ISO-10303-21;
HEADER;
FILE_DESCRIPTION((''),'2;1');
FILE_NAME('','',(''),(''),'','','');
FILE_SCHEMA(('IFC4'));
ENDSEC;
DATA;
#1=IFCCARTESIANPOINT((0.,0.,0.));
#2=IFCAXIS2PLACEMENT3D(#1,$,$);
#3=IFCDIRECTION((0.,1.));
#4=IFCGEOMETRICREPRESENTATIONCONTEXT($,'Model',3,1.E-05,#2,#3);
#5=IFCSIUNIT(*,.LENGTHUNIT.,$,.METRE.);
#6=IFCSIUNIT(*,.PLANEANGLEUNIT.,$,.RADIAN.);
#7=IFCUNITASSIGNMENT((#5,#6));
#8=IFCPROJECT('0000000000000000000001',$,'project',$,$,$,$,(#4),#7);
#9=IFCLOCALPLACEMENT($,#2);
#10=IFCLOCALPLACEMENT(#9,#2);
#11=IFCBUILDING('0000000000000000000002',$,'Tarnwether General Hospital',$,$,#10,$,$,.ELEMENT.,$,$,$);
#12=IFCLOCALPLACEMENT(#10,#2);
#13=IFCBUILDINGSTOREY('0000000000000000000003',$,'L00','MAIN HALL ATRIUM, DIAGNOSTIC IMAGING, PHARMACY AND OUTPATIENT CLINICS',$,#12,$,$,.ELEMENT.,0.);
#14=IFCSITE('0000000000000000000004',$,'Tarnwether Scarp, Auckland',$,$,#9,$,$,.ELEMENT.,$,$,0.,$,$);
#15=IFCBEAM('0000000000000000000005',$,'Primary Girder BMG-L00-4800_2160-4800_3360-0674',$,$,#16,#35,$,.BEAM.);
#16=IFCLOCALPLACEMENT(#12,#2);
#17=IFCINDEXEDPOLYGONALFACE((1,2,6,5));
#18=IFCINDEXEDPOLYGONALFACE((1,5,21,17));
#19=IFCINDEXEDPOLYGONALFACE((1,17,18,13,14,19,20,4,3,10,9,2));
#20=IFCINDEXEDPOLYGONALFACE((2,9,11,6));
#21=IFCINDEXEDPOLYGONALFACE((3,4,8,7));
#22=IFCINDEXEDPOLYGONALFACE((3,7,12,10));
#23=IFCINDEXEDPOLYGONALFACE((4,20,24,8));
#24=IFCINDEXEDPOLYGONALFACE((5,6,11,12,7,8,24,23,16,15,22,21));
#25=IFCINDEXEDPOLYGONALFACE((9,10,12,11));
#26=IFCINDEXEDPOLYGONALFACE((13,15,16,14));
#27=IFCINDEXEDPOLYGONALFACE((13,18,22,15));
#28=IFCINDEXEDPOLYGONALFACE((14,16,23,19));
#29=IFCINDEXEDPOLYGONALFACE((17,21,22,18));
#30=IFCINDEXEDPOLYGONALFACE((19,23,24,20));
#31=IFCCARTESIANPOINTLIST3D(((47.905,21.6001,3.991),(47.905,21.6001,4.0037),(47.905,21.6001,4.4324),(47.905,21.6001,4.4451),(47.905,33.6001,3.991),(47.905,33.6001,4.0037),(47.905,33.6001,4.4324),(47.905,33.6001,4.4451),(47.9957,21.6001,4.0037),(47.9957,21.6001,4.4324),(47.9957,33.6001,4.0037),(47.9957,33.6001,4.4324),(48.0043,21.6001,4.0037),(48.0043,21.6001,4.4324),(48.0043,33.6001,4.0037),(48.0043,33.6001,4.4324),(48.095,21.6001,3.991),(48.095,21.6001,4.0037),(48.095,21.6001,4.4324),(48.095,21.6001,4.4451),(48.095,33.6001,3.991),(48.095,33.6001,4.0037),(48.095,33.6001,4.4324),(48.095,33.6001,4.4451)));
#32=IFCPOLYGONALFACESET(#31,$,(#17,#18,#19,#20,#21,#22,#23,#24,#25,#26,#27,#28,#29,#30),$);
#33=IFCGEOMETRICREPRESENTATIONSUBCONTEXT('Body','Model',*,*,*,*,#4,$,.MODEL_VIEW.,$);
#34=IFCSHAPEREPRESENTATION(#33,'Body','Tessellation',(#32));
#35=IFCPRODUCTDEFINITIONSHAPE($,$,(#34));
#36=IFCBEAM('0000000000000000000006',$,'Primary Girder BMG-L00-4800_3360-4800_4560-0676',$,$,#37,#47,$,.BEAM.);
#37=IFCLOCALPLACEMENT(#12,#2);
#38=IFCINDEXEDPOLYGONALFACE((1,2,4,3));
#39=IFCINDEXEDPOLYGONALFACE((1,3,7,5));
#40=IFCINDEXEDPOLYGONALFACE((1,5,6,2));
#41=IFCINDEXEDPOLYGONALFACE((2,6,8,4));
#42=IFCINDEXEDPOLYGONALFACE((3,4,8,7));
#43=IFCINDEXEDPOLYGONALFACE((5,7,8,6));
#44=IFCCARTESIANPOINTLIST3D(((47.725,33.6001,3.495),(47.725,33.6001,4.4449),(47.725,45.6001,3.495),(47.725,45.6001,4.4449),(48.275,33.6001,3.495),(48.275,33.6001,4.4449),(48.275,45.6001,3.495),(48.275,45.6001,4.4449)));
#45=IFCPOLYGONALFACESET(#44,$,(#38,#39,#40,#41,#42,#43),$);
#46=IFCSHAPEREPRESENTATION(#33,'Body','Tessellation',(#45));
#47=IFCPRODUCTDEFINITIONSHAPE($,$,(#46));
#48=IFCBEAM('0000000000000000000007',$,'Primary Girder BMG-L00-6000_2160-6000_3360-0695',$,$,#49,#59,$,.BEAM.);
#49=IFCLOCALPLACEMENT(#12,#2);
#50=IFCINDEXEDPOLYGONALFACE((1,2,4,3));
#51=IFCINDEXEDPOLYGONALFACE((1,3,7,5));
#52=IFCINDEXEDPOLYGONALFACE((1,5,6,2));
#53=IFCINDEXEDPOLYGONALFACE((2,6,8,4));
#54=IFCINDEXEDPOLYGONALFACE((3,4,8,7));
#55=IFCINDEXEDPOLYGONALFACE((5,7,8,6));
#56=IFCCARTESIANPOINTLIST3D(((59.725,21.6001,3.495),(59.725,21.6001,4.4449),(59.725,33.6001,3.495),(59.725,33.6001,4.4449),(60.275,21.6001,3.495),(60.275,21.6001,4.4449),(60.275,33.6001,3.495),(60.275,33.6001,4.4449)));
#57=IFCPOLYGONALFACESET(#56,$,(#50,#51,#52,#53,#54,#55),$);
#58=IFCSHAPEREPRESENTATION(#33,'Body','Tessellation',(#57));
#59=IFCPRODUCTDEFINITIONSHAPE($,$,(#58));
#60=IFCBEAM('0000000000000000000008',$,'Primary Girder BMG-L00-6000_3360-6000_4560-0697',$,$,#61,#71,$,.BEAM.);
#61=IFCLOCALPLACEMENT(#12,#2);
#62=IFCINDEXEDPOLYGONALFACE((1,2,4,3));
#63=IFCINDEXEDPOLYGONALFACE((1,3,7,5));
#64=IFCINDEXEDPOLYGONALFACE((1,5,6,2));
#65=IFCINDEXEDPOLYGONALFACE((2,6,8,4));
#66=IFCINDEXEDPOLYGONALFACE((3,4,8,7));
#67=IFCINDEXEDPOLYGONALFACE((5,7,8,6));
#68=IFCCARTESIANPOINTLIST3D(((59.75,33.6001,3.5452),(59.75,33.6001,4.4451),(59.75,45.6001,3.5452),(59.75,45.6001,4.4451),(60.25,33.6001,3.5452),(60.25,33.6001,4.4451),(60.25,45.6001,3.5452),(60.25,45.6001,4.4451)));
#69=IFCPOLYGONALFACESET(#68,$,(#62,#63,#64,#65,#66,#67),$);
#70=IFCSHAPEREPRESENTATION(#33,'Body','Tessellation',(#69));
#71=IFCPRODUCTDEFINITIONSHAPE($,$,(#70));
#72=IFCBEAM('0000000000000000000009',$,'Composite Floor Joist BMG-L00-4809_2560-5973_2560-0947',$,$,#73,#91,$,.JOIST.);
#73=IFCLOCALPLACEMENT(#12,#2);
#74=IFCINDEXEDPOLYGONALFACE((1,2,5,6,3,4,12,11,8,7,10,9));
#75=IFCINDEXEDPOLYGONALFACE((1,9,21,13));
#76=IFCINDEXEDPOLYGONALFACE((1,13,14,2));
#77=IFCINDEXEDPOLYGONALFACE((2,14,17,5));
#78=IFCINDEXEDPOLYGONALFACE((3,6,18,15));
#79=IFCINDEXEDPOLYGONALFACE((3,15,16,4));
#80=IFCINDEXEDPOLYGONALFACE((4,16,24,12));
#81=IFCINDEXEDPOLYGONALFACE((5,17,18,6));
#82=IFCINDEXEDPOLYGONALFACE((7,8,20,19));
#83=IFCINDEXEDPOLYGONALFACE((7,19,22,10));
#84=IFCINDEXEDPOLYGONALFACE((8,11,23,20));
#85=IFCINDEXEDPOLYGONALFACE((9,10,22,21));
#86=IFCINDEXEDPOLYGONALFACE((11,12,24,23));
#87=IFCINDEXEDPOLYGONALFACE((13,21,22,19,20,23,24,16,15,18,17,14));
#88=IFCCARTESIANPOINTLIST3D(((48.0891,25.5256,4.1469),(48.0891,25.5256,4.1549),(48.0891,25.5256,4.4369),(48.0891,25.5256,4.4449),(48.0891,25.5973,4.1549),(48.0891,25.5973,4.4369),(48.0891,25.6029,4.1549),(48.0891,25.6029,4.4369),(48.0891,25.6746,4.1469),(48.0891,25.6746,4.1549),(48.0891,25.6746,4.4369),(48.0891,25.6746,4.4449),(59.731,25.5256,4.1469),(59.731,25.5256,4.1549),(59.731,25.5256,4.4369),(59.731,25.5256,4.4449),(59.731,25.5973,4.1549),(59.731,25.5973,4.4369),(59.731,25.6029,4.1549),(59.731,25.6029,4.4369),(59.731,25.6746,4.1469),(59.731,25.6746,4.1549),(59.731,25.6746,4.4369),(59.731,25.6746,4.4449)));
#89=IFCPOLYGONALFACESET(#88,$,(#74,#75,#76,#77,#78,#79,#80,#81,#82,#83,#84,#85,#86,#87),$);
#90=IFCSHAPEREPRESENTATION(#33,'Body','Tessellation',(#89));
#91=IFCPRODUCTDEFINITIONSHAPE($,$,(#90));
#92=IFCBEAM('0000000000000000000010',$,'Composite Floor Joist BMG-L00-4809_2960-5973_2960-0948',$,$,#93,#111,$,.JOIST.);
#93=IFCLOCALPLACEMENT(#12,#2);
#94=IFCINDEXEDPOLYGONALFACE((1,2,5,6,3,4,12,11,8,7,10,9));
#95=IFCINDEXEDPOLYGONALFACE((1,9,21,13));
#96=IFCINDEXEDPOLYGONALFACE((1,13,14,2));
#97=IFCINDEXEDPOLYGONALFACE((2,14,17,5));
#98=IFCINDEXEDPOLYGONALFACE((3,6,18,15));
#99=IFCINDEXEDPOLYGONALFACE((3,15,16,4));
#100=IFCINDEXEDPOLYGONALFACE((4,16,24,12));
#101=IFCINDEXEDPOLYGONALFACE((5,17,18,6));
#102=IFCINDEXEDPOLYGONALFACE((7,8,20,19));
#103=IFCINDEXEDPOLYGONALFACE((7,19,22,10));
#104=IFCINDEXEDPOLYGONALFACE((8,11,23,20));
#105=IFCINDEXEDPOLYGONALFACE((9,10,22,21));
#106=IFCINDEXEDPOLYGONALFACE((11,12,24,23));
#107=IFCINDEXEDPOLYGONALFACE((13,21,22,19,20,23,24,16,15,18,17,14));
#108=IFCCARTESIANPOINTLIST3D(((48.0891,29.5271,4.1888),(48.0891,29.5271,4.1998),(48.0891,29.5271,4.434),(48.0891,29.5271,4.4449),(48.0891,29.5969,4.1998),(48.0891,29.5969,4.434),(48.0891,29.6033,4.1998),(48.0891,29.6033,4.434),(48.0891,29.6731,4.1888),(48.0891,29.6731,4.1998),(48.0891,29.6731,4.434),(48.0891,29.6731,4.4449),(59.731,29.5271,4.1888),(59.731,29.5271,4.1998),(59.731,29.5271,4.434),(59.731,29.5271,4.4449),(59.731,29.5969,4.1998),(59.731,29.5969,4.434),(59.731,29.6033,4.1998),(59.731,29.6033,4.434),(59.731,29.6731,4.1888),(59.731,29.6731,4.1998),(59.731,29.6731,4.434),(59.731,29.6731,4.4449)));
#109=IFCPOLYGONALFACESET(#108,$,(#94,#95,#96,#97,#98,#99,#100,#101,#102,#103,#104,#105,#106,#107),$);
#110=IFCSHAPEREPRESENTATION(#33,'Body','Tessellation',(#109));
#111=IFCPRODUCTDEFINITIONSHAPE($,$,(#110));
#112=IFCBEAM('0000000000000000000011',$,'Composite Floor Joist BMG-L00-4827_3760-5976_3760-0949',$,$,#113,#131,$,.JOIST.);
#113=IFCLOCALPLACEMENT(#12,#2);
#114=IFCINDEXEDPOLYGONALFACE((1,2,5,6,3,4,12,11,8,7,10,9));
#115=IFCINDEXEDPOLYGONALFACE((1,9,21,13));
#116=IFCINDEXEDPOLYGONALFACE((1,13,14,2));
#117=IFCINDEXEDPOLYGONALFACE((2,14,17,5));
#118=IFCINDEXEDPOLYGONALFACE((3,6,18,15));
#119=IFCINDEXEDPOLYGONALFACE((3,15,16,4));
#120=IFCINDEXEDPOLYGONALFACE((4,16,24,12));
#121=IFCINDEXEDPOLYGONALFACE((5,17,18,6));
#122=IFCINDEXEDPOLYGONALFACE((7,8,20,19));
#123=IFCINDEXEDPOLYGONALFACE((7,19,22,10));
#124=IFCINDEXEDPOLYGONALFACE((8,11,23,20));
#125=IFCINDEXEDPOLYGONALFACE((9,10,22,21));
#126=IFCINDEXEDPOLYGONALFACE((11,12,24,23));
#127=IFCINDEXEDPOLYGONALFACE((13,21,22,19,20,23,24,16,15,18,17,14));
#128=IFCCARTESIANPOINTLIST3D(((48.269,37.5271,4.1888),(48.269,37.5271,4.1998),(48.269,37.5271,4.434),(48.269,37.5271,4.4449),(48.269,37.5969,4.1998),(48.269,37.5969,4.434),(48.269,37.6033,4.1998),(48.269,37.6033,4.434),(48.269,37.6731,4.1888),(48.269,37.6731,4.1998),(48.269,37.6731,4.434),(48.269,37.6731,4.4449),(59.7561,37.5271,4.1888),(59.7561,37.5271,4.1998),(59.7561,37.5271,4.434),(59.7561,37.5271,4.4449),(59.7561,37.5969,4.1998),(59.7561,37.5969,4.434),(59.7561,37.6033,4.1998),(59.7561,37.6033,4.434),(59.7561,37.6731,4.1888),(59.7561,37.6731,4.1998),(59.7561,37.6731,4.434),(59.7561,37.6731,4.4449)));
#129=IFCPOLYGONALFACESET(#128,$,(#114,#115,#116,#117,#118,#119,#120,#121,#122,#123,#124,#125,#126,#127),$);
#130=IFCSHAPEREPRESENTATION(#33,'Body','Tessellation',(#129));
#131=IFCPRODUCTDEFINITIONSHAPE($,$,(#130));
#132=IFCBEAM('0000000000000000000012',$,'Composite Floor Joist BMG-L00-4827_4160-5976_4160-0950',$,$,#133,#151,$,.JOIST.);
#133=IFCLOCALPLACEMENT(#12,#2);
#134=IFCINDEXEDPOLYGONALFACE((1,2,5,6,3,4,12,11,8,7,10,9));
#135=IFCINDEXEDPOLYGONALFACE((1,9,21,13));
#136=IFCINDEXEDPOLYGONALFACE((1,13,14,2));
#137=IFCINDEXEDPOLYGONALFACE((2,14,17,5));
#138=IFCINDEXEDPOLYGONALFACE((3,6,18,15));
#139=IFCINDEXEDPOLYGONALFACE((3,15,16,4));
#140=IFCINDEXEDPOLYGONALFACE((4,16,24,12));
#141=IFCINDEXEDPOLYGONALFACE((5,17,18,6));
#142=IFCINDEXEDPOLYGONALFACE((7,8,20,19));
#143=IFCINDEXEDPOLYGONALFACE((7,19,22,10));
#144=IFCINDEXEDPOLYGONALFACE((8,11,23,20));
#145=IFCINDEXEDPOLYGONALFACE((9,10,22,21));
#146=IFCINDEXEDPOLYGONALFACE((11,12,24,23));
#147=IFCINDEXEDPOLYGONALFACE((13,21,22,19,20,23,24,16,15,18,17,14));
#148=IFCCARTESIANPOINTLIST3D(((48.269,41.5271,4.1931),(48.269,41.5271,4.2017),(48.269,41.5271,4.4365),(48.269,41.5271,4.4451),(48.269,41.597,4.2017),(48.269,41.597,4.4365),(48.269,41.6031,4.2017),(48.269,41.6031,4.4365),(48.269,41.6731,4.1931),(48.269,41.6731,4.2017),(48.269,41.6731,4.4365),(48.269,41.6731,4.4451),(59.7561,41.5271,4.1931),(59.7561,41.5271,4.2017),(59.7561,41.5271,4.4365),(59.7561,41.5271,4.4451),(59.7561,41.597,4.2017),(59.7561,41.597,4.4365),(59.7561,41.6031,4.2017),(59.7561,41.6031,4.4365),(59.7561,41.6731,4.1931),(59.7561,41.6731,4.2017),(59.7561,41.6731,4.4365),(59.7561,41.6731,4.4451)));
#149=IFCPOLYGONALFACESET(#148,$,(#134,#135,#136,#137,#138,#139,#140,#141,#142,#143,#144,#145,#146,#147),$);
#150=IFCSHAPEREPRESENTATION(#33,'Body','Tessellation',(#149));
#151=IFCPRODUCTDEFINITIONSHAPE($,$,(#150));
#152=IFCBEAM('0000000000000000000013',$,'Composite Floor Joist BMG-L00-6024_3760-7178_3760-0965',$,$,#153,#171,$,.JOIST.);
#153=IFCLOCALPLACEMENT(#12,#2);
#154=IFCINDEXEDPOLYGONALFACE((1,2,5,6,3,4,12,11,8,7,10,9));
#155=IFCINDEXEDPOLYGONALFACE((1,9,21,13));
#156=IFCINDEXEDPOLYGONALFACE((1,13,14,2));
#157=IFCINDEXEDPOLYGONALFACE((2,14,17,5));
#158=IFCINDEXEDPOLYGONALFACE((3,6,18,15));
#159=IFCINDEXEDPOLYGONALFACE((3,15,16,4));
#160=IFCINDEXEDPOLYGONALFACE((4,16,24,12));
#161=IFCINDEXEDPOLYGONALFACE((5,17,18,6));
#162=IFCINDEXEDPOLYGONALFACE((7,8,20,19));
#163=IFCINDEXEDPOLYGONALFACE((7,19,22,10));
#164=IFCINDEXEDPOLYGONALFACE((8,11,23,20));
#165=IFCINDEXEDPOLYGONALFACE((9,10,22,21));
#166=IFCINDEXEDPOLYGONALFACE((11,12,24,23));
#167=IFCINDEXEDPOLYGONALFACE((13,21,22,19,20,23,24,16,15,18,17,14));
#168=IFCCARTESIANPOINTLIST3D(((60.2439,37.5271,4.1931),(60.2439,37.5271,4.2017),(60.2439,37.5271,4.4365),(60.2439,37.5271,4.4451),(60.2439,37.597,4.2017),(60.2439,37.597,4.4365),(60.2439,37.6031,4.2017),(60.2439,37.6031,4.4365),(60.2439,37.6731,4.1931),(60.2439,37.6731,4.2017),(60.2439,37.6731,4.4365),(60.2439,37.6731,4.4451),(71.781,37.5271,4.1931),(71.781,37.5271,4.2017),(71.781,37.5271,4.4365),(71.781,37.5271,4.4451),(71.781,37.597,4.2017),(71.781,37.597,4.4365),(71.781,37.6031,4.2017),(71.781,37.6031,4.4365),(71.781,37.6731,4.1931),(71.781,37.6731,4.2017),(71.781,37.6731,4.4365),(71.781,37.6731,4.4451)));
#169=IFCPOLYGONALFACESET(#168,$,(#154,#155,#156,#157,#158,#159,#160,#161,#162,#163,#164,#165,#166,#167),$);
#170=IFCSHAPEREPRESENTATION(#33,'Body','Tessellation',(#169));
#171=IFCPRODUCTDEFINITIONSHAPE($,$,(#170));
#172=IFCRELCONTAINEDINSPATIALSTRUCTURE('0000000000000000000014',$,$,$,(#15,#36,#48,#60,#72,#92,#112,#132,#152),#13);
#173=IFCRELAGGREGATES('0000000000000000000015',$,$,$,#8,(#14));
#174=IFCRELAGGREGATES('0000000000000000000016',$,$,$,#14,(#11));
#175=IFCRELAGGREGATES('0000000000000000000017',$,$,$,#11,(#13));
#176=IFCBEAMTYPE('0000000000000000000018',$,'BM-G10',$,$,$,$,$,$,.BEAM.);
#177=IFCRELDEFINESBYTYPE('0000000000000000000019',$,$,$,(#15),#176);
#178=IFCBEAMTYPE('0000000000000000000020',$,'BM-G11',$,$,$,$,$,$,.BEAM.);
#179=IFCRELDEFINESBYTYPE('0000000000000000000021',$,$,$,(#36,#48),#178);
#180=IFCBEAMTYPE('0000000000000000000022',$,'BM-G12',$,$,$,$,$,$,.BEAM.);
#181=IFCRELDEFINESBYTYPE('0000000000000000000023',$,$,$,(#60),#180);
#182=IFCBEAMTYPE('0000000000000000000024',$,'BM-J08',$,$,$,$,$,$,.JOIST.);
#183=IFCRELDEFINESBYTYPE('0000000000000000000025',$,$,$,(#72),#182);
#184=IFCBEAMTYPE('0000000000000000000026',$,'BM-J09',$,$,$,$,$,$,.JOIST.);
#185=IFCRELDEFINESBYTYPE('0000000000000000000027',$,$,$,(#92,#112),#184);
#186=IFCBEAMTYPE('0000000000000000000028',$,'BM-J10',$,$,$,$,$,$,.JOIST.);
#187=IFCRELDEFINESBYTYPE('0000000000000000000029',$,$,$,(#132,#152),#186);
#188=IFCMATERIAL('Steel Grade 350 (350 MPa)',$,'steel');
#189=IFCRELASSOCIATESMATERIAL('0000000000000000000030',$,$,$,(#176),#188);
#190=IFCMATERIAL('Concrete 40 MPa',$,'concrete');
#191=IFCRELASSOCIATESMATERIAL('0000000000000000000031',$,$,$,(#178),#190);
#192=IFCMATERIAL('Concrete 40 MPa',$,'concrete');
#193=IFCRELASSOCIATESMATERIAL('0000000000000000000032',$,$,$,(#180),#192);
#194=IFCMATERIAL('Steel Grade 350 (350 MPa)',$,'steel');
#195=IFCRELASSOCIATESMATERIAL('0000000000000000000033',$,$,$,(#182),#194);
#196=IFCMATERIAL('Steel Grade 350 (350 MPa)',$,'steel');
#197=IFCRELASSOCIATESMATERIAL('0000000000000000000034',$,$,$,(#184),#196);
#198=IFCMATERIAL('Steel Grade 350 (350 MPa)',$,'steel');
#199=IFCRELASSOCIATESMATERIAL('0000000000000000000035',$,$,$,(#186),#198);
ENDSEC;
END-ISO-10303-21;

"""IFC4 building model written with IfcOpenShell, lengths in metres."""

from ifc_helpers import new_model, si_unit, direction, frame, origin, origin_2d, place, context, subcontext, project, spatial, rectangle, i_section, extrude, material, material_profile, profile_set, type_object, element, save


model = new_model("IFC4")

# Units and contexts
model_context = context("Model", 3, precision=1e-05, world=origin(), true_north=direction((0.0, 1.0)))
body_context = subcontext(model_context, "Body", "Model", "MODEL_VIEW")
ifc_project = project(units=[si_unit("LENGTHUNIT", "METRE"), si_unit("PLANEANGLEUNIT", "RADIAN")], contexts=[model_context])

# Site, building, storey
site_placement = place(None, origin())
site = spatial("IfcSite", under=ifc_project, at=site_placement, Name="Tarnwether Scarp, Auckland", CompositionType="ELEMENT", RefElevation=0.0)
building_placement = place(site_placement, origin())
building = spatial("IfcBuilding", under=site, at=building_placement, Name="Tarnwether General Hospital", CompositionType="ELEMENT")
storey_placement = place(building_placement, origin())
storey = spatial("IfcBuildingStorey", under=building, at=storey_placement, Name="L00", Description="MAIN HALL ATRIUM, DIAGNOSTIC IMAGING, PHARMACY AND OUTPATIENT CLINICS", CompositionType="ELEMENT", Elevation=0.0)

# Beams
ifc_material_1 = material(Name="Steel Grade 350 (350 MPa)", Category="steel")
ifc_material_profile_1 = material_profile(ifc_material_1, i_section(OverallWidth=0.1899, OverallDepth=0.4541, WebThickness=0.0085, FlangeThickness=0.0127, at=origin_2d()), Name="460UB67.1")
ifc_profile_set_1 = profile_set([ifc_material_profile_1], Name="Steel Grade 350 (350 MPa)")
beam_type_1 = type_object("IfcBeamType", Name="BM-G10", PredefinedType="BEAM", material=ifc_profile_set_1)
beam_1_placement = place(storey_placement, frame((48.0, 21.6001, 4.218), z_axis=(0.0, 1.0, 0.0), x_axis=(-1.0, 0.0, 0.0)))
element("IfcBeam", 1, at=beam_1_placement, inside=storey, type_object=beam_type_1, Name="Primary Girder BMG-L00-4800_2160-4800_3360-0674", PredefinedType="BEAM", context=body_context, shape_type="SweptSolid", body=[
    extrude(i_section(OverallWidth=0.1899, OverallDepth=0.4541, WebThickness=0.0085, FlangeThickness=0.0127, at=origin_2d()), origin(), (0.0, 0.0, 1.0), 12.0),
])
ifc_material_2 = material(Name="Concrete 40 MPa", Category="concrete")
ifc_material_profile_2 = material_profile(ifc_material_2, rectangle(XDim=0.55, YDim=0.95, at=origin_2d()), Name="RC-BM-550x950")
ifc_profile_set_2 = profile_set([ifc_material_profile_2], Name="Concrete 40 MPa")
beam_type_2 = type_object("IfcBeamType", Name="BM-G11", PredefinedType="BEAM", material=ifc_profile_set_2)
for number, where, z_axis, x_axis, name in (
    (2, (48.0, 33.6001, 3.97), (0.0, 1.0, 0.0), (-1.0, 0.0, 0.0), "Primary Girder BMG-L00-4800_3360-4800_4560-0676"),
    (3, (60.0, 21.6001, 3.97), (0.0, 1.0, 0.0), (-1.0, 0.0, 0.0), "Primary Girder BMG-L00-6000_2160-6000_3360-0695"),
):
    element("IfcBeam", number, at=place(storey_placement, frame(where, z_axis=z_axis, x_axis=x_axis)), inside=storey, type_object=beam_type_2, Name=name, PredefinedType="BEAM", context=body_context, shape_type="SweptSolid", body=[
        extrude(rectangle(XDim=0.55, YDim=0.95, at=origin_2d()), origin(), (0.0, 0.0, 1.0), 12.0),
    ])
ifc_material_3 = material(Name="Concrete 40 MPa", Category="concrete")
ifc_material_profile_3 = material_profile(ifc_material_3, rectangle(XDim=0.5, YDim=0.8999, at=origin_2d()), Name="RC-BM-500x900")
ifc_profile_set_3 = profile_set([ifc_material_profile_3], Name="Concrete 40 MPa")
beam_type_3 = type_object("IfcBeamType", Name="BM-G12", PredefinedType="BEAM", material=ifc_profile_set_3)
beam_2_placement = place(storey_placement, frame((60.0, 33.6001, 3.9951), z_axis=(0.0, 1.0, 0.0), x_axis=(-1.0, 0.0, 0.0)))
element("IfcBeam", 4, at=beam_2_placement, inside=storey, type_object=beam_type_3, Name="Primary Girder BMG-L00-6000_3360-6000_4560-0697", PredefinedType="BEAM", context=body_context, shape_type="SweptSolid", body=[
    extrude(rectangle(XDim=0.5, YDim=0.8999, at=origin_2d()), origin(), (0.0, 0.0, 1.0), 12.0),
])
ifc_material_4 = material(Name="Steel Grade 350 (350 MPa)", Category="steel")
ifc_material_profile_4 = material_profile(ifc_material_4, i_section(OverallWidth=0.1489, OverallDepth=0.2981, WebThickness=0.0056, FlangeThickness=0.0081, at=origin_2d()), Name="310UB32.0")
ifc_profile_set_4 = profile_set([ifc_material_profile_4], Name="Steel Grade 350 (350 MPa)")
beam_type_4 = type_object("IfcBeamType", Name="BM-J08", PredefinedType="JOIST", material=ifc_profile_set_4)
beam_3_placement = place(storey_placement, frame((48.0891, 25.6001, 4.2959), z_axis=(1.0, 0.0, 0.0), x_axis=(0.0, 1.0, 0.0)))
element("IfcBeam", 5, at=beam_3_placement, inside=storey, type_object=beam_type_4, Name="Composite Floor Joist BMG-L00-4809_2560-5973_2560-0947", PredefinedType="JOIST", context=body_context, shape_type="SweptSolid", body=[
    extrude(i_section(OverallWidth=0.1489, OverallDepth=0.2981, WebThickness=0.0056, FlangeThickness=0.0081, at=origin_2d()), origin(), (0.0, 0.0, 1.0), 11.6418),
])
ifc_material_5 = material(Name="Steel Grade 350 (350 MPa)", Category="steel")
ifc_material_profile_5 = material_profile(ifc_material_5, i_section(OverallWidth=0.146, OverallDepth=0.2561, WebThickness=0.0063, FlangeThickness=0.011, at=origin_2d()), Name="250UB37.3")
ifc_profile_set_5 = profile_set([ifc_material_profile_5], Name="Steel Grade 350 (350 MPa)")
beam_type_5 = type_object("IfcBeamType", Name="BM-J09", PredefinedType="JOIST", material=ifc_profile_set_5)
beam_4_placement = place(storey_placement, frame((48.0891, 29.6001, 4.3169), z_axis=(1.0, 0.0, 0.0), x_axis=(0.0, 1.0, 0.0)))
element("IfcBeam", 6, at=beam_4_placement, inside=storey, type_object=beam_type_5, Name="Composite Floor Joist BMG-L00-4809_2960-5973_2960-0948", PredefinedType="JOIST", context=body_context, shape_type="SweptSolid", body=[
    extrude(i_section(OverallWidth=0.146, OverallDepth=0.2561, WebThickness=0.0063, FlangeThickness=0.011, at=origin_2d()), origin(), (0.0, 0.0, 1.0), 11.6418),
])
beam_5_placement = place(storey_placement, frame((48.269, 37.6001, 4.3169), z_axis=(1.0, 0.0, 0.0), x_axis=(0.0, 1.0, 0.0)))
element("IfcBeam", 7, at=beam_5_placement, inside=storey, type_object=beam_type_5, Name="Composite Floor Joist BMG-L00-4827_3760-5976_3760-0949", PredefinedType="JOIST", context=body_context, shape_type="SweptSolid", body=[
    extrude(i_section(OverallWidth=0.146, OverallDepth=0.2561, WebThickness=0.0063, FlangeThickness=0.011, at=origin_2d()), origin(), (0.0, 0.0, 1.0), 11.4871),
])
ifc_material_6 = material(Name="Steel Grade 350 (350 MPa)", Category="steel")
ifc_material_profile_6 = material_profile(ifc_material_6, i_section(OverallWidth=0.146, OverallDepth=0.252, WebThickness=0.0061, FlangeThickness=0.0085, at=origin_2d()), Name="250UB31.4")
ifc_profile_set_6 = profile_set([ifc_material_profile_6], Name="Steel Grade 350 (350 MPa)")
beam_type_6 = type_object("IfcBeamType", Name="BM-J10", PredefinedType="JOIST", material=ifc_profile_set_6)
beam_6_placement = place(storey_placement, frame((48.269, 41.6001, 4.3191), z_axis=(1.0, 0.0, 0.0), x_axis=(0.0, 1.0, 0.0)))
element("IfcBeam", 8, at=beam_6_placement, inside=storey, type_object=beam_type_6, Name="Composite Floor Joist BMG-L00-4827_4160-5976_4160-0950", PredefinedType="JOIST", context=body_context, shape_type="SweptSolid", body=[
    extrude(i_section(OverallWidth=0.146, OverallDepth=0.252, WebThickness=0.0061, FlangeThickness=0.0085, at=origin_2d()), origin(), (0.0, 0.0, 1.0), 11.4871),
])
beam_7_placement = place(storey_placement, frame((60.2439, 37.6001, 4.3191), z_axis=(1.0, 0.0, 0.0), x_axis=(0.0, 1.0, 0.0)))
element("IfcBeam", 9, at=beam_7_placement, inside=storey, type_object=beam_type_6, Name="Composite Floor Joist BMG-L00-6024_3760-7178_3760-0965", PredefinedType="JOIST", context=body_context, shape_type="SweptSolid", body=[
    extrude(i_section(OverallWidth=0.146, OverallDepth=0.252, WebThickness=0.0061, FlangeThickness=0.0085, at=origin_2d()), origin(), (0.0, 0.0, 1.0), 11.5371),
])

save(model, "model.ifc")
